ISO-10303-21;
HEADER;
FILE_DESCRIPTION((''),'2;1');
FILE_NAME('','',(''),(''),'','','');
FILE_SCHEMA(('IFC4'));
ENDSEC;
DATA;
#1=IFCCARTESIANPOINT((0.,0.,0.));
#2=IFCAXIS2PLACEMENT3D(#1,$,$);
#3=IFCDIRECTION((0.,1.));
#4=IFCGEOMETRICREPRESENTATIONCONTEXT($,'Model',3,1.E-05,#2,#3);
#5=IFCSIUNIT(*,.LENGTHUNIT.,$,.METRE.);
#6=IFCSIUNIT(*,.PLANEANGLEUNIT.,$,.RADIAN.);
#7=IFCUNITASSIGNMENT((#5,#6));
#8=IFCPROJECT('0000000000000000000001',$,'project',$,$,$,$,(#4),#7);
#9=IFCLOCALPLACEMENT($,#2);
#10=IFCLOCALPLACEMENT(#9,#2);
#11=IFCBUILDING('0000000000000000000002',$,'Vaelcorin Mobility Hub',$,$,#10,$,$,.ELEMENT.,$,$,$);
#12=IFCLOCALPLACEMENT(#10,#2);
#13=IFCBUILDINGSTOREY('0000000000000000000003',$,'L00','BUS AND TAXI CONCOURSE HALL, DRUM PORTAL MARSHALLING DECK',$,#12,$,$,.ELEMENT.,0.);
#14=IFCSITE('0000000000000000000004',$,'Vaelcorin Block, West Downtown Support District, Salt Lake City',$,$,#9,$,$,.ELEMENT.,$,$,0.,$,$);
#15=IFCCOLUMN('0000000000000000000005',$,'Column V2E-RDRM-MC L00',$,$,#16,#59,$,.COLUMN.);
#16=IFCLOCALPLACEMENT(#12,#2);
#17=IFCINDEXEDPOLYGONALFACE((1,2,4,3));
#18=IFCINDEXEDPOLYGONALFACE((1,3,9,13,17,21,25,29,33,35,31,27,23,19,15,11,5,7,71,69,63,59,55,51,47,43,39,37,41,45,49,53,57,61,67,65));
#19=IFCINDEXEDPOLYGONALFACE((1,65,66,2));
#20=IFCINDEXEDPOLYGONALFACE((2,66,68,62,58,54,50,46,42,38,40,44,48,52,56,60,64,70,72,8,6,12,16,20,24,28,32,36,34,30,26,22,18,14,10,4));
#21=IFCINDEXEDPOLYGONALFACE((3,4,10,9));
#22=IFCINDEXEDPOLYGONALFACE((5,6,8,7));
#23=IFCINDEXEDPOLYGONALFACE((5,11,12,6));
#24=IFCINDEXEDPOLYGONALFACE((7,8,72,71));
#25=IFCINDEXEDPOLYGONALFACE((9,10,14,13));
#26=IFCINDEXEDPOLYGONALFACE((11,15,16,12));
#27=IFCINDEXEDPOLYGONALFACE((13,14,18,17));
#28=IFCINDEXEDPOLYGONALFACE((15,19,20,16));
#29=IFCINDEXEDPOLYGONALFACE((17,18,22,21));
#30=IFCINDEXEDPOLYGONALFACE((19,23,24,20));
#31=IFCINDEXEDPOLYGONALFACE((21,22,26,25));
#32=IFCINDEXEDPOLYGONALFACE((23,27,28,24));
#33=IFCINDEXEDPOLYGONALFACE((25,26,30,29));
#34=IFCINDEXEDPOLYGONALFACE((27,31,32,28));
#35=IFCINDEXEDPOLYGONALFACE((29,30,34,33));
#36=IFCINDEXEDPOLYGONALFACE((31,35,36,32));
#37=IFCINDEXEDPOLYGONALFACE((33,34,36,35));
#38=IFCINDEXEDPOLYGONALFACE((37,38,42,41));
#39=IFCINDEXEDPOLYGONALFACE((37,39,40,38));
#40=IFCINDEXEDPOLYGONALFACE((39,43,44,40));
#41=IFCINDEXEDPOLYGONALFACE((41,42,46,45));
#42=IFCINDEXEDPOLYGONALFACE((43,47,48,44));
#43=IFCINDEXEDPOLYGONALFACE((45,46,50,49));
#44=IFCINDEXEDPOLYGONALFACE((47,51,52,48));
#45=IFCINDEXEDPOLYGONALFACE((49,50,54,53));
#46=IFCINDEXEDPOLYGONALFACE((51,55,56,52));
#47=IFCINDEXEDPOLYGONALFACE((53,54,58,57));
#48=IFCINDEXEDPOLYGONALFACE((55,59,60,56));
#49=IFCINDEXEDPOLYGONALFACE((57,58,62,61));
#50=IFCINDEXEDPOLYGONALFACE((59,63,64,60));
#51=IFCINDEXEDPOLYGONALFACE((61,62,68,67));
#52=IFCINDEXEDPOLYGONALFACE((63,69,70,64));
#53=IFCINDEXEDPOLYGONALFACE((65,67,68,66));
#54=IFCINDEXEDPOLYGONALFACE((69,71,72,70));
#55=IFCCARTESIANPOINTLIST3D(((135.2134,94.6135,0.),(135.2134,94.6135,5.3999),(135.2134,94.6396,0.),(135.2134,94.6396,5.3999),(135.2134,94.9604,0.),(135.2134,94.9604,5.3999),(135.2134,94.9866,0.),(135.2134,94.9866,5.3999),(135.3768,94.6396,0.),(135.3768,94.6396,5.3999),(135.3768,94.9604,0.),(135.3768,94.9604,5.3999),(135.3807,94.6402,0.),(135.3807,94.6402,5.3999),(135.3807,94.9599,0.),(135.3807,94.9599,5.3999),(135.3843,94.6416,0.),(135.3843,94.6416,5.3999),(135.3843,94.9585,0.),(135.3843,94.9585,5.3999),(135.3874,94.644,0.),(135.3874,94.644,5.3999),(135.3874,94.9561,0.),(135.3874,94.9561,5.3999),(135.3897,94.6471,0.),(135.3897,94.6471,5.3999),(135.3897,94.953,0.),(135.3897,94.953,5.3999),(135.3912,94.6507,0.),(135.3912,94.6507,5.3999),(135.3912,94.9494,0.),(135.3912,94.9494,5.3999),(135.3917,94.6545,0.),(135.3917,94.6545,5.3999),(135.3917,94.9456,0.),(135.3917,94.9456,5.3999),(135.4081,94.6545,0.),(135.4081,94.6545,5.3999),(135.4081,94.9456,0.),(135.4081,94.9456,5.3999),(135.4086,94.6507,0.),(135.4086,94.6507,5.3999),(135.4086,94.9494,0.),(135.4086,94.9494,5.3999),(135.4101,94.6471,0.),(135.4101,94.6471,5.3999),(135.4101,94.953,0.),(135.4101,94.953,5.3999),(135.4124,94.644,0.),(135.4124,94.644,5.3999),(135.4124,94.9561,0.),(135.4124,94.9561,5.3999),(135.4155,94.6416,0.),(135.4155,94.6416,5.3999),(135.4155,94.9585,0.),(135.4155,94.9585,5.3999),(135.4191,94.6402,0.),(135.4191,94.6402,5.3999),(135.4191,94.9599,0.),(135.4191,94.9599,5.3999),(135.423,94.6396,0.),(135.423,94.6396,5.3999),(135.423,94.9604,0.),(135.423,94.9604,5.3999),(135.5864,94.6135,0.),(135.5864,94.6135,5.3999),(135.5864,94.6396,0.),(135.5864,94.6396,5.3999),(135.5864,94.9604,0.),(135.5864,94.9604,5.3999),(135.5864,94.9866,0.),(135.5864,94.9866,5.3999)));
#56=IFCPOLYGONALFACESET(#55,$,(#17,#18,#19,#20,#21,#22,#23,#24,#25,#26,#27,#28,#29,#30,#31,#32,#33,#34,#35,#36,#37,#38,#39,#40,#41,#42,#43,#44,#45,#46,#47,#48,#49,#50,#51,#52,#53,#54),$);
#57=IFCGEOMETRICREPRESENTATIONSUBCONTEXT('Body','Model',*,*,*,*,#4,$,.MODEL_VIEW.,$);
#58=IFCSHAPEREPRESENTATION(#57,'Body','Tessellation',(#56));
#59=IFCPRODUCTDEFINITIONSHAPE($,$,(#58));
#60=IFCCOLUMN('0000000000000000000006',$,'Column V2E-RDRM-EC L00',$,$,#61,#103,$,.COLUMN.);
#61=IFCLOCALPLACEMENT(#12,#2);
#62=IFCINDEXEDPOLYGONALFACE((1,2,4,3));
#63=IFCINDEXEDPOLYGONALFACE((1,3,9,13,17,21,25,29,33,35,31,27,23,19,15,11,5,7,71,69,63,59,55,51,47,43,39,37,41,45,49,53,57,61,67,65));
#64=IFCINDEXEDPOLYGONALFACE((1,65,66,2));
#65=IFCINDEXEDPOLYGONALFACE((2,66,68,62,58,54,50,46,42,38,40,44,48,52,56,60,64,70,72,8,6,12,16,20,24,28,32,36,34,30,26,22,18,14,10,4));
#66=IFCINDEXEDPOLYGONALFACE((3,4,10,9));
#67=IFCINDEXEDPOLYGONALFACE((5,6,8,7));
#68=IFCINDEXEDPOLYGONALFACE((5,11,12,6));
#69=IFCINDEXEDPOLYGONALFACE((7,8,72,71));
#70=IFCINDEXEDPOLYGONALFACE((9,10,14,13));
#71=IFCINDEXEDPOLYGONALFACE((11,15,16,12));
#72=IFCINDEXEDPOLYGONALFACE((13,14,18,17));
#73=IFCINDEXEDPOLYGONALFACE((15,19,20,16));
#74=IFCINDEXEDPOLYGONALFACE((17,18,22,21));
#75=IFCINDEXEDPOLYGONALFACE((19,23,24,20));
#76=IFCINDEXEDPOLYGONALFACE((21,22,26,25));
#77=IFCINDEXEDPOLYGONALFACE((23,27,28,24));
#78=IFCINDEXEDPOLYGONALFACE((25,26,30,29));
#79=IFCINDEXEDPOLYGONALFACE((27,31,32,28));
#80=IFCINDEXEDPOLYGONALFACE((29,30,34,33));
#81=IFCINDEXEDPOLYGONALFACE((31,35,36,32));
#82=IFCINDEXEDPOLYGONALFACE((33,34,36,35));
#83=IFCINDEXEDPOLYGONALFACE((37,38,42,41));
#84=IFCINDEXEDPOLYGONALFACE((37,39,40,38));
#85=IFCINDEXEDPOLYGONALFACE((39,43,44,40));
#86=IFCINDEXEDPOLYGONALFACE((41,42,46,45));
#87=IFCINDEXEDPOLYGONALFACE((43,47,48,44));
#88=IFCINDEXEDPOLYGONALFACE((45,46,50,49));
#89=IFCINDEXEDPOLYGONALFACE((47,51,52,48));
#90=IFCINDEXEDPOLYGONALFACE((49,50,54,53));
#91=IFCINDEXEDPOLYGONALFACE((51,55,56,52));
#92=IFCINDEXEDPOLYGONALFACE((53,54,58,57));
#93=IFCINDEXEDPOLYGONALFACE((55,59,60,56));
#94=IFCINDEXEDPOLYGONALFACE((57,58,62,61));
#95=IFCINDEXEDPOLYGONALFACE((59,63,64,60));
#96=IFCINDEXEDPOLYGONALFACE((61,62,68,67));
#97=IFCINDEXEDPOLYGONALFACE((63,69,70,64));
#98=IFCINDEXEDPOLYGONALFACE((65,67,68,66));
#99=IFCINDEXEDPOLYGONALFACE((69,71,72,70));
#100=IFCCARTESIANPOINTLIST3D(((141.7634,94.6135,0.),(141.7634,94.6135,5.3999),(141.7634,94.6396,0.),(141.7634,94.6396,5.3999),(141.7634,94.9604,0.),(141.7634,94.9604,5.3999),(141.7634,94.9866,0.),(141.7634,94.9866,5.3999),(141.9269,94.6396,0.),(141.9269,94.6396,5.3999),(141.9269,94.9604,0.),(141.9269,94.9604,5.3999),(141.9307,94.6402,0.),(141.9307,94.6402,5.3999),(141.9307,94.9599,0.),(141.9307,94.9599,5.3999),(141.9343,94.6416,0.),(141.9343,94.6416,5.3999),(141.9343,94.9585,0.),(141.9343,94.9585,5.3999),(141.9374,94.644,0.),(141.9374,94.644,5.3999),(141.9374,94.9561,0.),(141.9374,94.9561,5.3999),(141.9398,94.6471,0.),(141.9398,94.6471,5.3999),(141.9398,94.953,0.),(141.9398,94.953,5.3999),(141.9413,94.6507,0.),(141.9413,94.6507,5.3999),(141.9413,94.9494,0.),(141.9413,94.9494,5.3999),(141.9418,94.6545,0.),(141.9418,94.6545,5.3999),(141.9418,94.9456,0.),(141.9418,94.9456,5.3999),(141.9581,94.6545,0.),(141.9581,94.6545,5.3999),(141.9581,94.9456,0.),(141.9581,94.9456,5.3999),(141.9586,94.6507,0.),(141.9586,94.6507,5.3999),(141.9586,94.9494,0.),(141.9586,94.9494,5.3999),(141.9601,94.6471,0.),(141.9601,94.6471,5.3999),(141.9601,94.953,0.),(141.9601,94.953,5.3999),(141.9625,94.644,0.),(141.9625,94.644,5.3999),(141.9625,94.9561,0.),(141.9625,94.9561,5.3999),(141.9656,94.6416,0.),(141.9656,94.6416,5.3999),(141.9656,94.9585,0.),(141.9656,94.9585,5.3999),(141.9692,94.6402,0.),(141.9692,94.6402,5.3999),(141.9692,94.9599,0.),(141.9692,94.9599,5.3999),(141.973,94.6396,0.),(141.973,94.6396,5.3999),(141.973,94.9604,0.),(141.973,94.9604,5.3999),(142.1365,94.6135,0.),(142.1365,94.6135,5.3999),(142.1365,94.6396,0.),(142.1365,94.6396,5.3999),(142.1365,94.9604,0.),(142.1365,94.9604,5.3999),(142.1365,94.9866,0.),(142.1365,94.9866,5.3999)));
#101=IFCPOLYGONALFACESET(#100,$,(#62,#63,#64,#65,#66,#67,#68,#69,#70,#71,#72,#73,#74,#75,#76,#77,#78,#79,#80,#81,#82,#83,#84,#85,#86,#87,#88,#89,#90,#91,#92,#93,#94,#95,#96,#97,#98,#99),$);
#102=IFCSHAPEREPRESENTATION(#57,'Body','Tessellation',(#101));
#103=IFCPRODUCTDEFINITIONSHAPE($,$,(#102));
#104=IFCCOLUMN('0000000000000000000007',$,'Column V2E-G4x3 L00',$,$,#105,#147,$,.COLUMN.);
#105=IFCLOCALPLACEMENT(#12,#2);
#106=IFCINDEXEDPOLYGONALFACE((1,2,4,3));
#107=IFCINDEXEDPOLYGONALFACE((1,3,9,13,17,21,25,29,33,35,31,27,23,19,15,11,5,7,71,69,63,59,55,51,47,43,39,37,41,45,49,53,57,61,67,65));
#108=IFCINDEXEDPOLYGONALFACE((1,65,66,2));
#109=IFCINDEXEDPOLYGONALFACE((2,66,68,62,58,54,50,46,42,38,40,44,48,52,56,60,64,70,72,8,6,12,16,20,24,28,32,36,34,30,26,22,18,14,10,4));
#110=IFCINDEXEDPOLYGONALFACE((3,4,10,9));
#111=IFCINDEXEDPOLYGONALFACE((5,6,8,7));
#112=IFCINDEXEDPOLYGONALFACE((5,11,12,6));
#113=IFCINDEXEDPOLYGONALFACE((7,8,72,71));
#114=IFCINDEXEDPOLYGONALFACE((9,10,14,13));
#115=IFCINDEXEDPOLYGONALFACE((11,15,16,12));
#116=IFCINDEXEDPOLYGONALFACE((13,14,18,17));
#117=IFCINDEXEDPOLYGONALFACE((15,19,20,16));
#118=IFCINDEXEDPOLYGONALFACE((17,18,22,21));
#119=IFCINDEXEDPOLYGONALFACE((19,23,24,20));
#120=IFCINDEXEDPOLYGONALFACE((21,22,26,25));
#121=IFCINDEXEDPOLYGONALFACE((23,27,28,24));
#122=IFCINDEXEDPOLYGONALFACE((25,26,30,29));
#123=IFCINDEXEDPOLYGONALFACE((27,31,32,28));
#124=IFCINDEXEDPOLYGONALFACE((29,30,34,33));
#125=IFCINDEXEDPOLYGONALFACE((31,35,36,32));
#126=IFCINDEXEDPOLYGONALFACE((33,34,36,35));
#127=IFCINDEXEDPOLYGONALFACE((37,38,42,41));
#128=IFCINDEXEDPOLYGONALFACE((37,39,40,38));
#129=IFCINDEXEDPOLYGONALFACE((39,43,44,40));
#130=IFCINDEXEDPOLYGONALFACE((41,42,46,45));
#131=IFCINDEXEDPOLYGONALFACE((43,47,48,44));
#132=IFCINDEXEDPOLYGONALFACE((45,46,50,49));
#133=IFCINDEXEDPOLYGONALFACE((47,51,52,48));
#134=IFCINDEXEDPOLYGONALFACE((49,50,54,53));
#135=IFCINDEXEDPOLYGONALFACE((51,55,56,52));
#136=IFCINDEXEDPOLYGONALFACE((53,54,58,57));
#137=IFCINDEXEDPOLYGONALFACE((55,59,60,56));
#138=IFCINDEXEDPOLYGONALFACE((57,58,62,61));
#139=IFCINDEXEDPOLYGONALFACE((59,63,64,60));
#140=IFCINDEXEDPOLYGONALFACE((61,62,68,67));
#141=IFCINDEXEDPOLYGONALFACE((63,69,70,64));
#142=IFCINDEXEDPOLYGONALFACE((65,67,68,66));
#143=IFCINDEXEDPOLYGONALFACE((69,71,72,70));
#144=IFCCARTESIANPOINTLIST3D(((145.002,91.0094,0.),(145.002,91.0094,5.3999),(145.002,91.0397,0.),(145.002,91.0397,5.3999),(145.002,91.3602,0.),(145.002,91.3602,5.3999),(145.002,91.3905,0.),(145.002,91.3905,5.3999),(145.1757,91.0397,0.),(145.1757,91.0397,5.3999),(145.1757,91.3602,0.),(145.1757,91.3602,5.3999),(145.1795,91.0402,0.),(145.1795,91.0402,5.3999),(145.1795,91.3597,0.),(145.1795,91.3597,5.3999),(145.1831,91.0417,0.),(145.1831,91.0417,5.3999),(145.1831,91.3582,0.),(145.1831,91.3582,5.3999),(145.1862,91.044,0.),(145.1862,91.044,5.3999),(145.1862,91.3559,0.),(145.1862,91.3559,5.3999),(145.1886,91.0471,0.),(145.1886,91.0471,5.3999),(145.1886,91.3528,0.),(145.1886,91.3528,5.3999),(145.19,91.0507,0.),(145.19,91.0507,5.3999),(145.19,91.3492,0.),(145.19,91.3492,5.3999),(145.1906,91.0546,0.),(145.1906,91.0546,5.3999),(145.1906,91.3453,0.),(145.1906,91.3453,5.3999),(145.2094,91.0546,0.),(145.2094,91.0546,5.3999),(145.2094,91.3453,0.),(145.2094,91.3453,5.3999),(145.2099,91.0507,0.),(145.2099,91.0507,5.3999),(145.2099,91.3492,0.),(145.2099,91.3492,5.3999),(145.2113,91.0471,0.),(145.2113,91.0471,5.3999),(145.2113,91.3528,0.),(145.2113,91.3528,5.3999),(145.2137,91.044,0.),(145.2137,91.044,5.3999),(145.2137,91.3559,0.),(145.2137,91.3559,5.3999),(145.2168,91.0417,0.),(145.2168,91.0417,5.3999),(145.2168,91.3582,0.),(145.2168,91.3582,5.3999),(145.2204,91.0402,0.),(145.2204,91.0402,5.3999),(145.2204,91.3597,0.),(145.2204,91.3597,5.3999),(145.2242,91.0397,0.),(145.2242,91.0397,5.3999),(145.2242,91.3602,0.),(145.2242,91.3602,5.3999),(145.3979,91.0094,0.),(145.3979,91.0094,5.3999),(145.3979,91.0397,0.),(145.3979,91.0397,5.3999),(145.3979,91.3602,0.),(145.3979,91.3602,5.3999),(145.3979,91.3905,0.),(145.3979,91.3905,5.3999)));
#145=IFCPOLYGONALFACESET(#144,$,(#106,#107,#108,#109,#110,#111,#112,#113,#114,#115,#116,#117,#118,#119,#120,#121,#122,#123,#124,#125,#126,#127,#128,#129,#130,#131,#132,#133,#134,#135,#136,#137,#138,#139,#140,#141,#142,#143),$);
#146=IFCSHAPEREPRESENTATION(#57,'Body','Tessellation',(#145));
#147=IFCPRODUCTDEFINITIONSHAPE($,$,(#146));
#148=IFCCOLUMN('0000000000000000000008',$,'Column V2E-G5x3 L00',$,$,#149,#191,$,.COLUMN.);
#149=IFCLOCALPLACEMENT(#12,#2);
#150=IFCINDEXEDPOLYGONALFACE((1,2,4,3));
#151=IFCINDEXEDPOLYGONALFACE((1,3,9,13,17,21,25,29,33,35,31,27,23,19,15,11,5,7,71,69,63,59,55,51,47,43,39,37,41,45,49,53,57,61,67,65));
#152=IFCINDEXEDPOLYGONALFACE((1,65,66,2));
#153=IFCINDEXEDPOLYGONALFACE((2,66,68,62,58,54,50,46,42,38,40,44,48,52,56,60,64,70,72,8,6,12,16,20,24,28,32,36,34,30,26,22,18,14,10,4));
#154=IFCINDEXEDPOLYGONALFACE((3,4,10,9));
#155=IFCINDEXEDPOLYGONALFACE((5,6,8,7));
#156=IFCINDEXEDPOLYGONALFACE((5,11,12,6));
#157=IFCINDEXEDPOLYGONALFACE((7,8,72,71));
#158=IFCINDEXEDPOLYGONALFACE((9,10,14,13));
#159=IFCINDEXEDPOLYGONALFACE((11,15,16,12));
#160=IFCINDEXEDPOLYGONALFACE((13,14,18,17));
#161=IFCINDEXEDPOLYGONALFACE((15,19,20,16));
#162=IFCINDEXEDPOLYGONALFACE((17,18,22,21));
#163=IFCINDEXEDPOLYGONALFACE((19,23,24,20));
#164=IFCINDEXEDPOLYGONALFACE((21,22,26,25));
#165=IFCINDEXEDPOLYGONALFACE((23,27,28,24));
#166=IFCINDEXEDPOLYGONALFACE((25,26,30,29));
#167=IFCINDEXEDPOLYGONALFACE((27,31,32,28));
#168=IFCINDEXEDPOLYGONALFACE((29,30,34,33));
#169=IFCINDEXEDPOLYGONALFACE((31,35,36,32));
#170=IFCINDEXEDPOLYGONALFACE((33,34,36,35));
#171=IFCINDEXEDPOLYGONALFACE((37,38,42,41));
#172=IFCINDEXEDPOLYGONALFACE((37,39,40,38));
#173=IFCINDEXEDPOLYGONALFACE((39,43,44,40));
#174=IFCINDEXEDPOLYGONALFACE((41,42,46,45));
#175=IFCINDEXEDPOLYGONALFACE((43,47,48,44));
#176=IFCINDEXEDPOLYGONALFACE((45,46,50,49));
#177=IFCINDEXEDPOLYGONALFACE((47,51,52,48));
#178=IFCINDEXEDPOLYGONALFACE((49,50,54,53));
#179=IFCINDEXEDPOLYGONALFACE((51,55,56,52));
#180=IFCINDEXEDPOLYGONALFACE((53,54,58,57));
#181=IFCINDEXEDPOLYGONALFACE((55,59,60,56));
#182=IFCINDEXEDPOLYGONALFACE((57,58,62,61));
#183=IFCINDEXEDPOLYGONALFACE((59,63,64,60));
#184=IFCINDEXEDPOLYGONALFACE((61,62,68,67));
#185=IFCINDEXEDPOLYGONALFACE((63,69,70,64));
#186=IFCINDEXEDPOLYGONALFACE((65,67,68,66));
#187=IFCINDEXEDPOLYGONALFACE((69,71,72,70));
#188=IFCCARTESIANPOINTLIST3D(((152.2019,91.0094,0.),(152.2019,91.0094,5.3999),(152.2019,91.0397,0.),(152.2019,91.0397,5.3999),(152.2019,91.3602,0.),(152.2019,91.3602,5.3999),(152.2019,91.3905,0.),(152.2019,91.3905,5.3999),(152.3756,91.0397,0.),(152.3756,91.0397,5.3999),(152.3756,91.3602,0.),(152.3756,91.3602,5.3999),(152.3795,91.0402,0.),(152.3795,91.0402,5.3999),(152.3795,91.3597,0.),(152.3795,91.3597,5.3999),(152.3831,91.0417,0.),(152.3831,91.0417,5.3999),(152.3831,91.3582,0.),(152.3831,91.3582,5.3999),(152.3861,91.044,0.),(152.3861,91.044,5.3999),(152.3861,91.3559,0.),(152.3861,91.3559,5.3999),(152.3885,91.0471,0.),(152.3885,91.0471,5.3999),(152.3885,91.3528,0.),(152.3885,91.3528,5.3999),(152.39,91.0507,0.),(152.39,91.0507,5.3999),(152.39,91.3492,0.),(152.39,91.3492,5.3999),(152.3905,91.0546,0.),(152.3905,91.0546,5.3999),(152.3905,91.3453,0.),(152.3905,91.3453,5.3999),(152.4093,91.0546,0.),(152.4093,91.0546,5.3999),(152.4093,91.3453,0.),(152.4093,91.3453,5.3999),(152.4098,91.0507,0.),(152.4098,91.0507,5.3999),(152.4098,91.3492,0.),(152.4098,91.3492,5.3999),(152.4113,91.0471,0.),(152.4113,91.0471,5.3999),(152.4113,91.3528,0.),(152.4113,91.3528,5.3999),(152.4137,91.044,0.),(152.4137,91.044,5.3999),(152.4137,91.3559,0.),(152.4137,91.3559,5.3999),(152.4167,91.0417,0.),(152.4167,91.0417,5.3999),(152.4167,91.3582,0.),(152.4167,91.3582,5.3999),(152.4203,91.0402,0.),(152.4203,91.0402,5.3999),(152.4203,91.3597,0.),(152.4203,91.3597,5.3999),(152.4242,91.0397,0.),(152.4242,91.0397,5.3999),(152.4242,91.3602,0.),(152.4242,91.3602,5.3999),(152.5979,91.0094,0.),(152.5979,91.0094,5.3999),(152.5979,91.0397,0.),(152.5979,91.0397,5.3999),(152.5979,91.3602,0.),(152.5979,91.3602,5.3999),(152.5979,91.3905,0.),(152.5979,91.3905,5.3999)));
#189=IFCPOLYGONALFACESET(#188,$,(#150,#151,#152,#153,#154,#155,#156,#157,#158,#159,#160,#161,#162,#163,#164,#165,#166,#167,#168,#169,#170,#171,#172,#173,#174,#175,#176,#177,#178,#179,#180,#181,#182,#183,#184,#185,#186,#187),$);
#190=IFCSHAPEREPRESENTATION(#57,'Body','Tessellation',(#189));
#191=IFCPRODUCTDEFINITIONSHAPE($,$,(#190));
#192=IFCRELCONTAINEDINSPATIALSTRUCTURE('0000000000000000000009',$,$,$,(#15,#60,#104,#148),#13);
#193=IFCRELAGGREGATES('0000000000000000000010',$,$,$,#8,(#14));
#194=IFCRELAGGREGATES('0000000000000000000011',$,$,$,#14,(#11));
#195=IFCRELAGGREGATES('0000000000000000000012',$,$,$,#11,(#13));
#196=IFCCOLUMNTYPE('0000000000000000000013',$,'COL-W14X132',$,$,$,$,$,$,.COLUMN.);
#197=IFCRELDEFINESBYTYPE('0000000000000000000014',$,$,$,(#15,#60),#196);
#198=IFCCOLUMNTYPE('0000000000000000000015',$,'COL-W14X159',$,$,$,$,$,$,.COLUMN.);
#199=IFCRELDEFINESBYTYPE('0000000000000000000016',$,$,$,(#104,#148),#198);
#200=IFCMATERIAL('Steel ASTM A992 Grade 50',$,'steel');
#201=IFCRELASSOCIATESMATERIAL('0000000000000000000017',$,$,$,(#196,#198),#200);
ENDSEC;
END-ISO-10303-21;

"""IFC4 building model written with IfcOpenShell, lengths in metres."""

from ifc_helpers import new_model, si_unit, direction, frame, origin, origin_2d, place, context, subcontext, project, spatial, i_section, extrude, material, material_profile, profile_set, type_object, element, save


model = new_model("IFC4")

# Units and contexts
model_context = context("Model", 3, precision=1e-05, world=origin(), true_north=direction((0.0, 1.0)))
body_context = subcontext(model_context, "Body", "Model", "MODEL_VIEW")
ifc_project = project(units=[si_unit("LENGTHUNIT", "METRE"), si_unit("PLANEANGLEUNIT", "RADIAN")], contexts=[model_context])

# Site, building, storey
site_placement = place(None, origin())
site = spatial("IfcSite", under=ifc_project, at=site_placement, Name="Vaelcorin Block, West Downtown Support District, Salt Lake City", CompositionType="ELEMENT", RefElevation=0.0)
building_placement = place(site_placement, origin())
building = spatial("IfcBuilding", under=site, at=building_placement, Name="Vaelcorin Mobility Hub", CompositionType="ELEMENT")
storey_placement = place(building_placement, origin())
storey = spatial("IfcBuildingStorey", under=building, at=storey_placement, Name="L00", Description="BUS AND TAXI CONCOURSE HALL, DRUM PORTAL MARSHALLING DECK", CompositionType="ELEMENT", Elevation=0.0)

# Columns
ifc_material_1 = material(Name="Steel ASTM A992 Grade 50", Category="steel")
ifc_material_profile_1 = material_profile(ifc_material_1, i_section(OverallWidth=0.373, OverallDepth=0.373, WebThickness=0.0164, FlangeThickness=0.0261, FilletRadius=0.0149, at=origin_2d()), Name="W14X132")
ifc_profile_set_1 = profile_set([ifc_material_profile_1], Name="Steel ASTM A992 Grade 50")
column_type_1 = type_object("IfcColumnType", Name="COL-W14X132", PredefinedType="COLUMN", material=ifc_profile_set_1)
for number, where, z_axis, x_axis, name in (
    (1, (135.3999, 94.8, 0.0), (0.0, 0.0, 1.0), (1.0, 0.0, 0.0), "Column V2E-RDRM-MC L00"),
    (2, (141.95, 94.8, 0.0), (0.0, 0.0, 1.0), (1.0, 0.0, 0.0), "Column V2E-RDRM-EC L00"),
):
    element("IfcColumn", number, at=place(storey_placement, frame(where, z_axis=z_axis, x_axis=x_axis)), inside=storey, type_object=column_type_1, Name=name, PredefinedType="COLUMN", context=body_context, shape_type="SweptSolid", body=[
        extrude(i_section(OverallWidth=0.373, OverallDepth=0.373, WebThickness=0.0164, FlangeThickness=0.0261, FilletRadius=0.0149, at=origin_2d()), origin(), (0.0, 0.0, 1.0), 5.3999),
    ])
ifc_material_profile_2 = material_profile(ifc_material_1, i_section(OverallWidth=0.396, OverallDepth=0.3811, WebThickness=0.0188, FlangeThickness=0.0303, FilletRadius=0.0149, at=origin_2d()), Name="W14X159")
ifc_profile_set_2 = profile_set([ifc_material_profile_2], Name="Steel ASTM A992 Grade 50")
column_type_2 = type_object("IfcColumnType", Name="COL-W14X159", PredefinedType="COLUMN", material=ifc_profile_set_2)
for number, where, z_axis, x_axis, name in (
    (3, (145.2, 91.2, 0.0), (0.0, 0.0, 1.0), (1.0, 0.0, 0.0), "Column V2E-G4x3 L00"),
    (4, (152.3999, 91.2, 0.0), (0.0, 0.0, 1.0), (1.0, 0.0, 0.0), "Column V2E-G5x3 L00"),
):
    element("IfcColumn", number, at=place(storey_placement, frame(where, z_axis=z_axis, x_axis=x_axis)), inside=storey, type_object=column_type_2, Name=name, PredefinedType="COLUMN", context=body_context, shape_type="SweptSolid", body=[
        extrude(i_section(OverallWidth=0.396, OverallDepth=0.3811, WebThickness=0.0188, FlangeThickness=0.0303, FilletRadius=0.0149, at=origin_2d()), origin(), (0.0, 0.0, 1.0), 5.3999),
    ])

save(model, "model.ifc")
